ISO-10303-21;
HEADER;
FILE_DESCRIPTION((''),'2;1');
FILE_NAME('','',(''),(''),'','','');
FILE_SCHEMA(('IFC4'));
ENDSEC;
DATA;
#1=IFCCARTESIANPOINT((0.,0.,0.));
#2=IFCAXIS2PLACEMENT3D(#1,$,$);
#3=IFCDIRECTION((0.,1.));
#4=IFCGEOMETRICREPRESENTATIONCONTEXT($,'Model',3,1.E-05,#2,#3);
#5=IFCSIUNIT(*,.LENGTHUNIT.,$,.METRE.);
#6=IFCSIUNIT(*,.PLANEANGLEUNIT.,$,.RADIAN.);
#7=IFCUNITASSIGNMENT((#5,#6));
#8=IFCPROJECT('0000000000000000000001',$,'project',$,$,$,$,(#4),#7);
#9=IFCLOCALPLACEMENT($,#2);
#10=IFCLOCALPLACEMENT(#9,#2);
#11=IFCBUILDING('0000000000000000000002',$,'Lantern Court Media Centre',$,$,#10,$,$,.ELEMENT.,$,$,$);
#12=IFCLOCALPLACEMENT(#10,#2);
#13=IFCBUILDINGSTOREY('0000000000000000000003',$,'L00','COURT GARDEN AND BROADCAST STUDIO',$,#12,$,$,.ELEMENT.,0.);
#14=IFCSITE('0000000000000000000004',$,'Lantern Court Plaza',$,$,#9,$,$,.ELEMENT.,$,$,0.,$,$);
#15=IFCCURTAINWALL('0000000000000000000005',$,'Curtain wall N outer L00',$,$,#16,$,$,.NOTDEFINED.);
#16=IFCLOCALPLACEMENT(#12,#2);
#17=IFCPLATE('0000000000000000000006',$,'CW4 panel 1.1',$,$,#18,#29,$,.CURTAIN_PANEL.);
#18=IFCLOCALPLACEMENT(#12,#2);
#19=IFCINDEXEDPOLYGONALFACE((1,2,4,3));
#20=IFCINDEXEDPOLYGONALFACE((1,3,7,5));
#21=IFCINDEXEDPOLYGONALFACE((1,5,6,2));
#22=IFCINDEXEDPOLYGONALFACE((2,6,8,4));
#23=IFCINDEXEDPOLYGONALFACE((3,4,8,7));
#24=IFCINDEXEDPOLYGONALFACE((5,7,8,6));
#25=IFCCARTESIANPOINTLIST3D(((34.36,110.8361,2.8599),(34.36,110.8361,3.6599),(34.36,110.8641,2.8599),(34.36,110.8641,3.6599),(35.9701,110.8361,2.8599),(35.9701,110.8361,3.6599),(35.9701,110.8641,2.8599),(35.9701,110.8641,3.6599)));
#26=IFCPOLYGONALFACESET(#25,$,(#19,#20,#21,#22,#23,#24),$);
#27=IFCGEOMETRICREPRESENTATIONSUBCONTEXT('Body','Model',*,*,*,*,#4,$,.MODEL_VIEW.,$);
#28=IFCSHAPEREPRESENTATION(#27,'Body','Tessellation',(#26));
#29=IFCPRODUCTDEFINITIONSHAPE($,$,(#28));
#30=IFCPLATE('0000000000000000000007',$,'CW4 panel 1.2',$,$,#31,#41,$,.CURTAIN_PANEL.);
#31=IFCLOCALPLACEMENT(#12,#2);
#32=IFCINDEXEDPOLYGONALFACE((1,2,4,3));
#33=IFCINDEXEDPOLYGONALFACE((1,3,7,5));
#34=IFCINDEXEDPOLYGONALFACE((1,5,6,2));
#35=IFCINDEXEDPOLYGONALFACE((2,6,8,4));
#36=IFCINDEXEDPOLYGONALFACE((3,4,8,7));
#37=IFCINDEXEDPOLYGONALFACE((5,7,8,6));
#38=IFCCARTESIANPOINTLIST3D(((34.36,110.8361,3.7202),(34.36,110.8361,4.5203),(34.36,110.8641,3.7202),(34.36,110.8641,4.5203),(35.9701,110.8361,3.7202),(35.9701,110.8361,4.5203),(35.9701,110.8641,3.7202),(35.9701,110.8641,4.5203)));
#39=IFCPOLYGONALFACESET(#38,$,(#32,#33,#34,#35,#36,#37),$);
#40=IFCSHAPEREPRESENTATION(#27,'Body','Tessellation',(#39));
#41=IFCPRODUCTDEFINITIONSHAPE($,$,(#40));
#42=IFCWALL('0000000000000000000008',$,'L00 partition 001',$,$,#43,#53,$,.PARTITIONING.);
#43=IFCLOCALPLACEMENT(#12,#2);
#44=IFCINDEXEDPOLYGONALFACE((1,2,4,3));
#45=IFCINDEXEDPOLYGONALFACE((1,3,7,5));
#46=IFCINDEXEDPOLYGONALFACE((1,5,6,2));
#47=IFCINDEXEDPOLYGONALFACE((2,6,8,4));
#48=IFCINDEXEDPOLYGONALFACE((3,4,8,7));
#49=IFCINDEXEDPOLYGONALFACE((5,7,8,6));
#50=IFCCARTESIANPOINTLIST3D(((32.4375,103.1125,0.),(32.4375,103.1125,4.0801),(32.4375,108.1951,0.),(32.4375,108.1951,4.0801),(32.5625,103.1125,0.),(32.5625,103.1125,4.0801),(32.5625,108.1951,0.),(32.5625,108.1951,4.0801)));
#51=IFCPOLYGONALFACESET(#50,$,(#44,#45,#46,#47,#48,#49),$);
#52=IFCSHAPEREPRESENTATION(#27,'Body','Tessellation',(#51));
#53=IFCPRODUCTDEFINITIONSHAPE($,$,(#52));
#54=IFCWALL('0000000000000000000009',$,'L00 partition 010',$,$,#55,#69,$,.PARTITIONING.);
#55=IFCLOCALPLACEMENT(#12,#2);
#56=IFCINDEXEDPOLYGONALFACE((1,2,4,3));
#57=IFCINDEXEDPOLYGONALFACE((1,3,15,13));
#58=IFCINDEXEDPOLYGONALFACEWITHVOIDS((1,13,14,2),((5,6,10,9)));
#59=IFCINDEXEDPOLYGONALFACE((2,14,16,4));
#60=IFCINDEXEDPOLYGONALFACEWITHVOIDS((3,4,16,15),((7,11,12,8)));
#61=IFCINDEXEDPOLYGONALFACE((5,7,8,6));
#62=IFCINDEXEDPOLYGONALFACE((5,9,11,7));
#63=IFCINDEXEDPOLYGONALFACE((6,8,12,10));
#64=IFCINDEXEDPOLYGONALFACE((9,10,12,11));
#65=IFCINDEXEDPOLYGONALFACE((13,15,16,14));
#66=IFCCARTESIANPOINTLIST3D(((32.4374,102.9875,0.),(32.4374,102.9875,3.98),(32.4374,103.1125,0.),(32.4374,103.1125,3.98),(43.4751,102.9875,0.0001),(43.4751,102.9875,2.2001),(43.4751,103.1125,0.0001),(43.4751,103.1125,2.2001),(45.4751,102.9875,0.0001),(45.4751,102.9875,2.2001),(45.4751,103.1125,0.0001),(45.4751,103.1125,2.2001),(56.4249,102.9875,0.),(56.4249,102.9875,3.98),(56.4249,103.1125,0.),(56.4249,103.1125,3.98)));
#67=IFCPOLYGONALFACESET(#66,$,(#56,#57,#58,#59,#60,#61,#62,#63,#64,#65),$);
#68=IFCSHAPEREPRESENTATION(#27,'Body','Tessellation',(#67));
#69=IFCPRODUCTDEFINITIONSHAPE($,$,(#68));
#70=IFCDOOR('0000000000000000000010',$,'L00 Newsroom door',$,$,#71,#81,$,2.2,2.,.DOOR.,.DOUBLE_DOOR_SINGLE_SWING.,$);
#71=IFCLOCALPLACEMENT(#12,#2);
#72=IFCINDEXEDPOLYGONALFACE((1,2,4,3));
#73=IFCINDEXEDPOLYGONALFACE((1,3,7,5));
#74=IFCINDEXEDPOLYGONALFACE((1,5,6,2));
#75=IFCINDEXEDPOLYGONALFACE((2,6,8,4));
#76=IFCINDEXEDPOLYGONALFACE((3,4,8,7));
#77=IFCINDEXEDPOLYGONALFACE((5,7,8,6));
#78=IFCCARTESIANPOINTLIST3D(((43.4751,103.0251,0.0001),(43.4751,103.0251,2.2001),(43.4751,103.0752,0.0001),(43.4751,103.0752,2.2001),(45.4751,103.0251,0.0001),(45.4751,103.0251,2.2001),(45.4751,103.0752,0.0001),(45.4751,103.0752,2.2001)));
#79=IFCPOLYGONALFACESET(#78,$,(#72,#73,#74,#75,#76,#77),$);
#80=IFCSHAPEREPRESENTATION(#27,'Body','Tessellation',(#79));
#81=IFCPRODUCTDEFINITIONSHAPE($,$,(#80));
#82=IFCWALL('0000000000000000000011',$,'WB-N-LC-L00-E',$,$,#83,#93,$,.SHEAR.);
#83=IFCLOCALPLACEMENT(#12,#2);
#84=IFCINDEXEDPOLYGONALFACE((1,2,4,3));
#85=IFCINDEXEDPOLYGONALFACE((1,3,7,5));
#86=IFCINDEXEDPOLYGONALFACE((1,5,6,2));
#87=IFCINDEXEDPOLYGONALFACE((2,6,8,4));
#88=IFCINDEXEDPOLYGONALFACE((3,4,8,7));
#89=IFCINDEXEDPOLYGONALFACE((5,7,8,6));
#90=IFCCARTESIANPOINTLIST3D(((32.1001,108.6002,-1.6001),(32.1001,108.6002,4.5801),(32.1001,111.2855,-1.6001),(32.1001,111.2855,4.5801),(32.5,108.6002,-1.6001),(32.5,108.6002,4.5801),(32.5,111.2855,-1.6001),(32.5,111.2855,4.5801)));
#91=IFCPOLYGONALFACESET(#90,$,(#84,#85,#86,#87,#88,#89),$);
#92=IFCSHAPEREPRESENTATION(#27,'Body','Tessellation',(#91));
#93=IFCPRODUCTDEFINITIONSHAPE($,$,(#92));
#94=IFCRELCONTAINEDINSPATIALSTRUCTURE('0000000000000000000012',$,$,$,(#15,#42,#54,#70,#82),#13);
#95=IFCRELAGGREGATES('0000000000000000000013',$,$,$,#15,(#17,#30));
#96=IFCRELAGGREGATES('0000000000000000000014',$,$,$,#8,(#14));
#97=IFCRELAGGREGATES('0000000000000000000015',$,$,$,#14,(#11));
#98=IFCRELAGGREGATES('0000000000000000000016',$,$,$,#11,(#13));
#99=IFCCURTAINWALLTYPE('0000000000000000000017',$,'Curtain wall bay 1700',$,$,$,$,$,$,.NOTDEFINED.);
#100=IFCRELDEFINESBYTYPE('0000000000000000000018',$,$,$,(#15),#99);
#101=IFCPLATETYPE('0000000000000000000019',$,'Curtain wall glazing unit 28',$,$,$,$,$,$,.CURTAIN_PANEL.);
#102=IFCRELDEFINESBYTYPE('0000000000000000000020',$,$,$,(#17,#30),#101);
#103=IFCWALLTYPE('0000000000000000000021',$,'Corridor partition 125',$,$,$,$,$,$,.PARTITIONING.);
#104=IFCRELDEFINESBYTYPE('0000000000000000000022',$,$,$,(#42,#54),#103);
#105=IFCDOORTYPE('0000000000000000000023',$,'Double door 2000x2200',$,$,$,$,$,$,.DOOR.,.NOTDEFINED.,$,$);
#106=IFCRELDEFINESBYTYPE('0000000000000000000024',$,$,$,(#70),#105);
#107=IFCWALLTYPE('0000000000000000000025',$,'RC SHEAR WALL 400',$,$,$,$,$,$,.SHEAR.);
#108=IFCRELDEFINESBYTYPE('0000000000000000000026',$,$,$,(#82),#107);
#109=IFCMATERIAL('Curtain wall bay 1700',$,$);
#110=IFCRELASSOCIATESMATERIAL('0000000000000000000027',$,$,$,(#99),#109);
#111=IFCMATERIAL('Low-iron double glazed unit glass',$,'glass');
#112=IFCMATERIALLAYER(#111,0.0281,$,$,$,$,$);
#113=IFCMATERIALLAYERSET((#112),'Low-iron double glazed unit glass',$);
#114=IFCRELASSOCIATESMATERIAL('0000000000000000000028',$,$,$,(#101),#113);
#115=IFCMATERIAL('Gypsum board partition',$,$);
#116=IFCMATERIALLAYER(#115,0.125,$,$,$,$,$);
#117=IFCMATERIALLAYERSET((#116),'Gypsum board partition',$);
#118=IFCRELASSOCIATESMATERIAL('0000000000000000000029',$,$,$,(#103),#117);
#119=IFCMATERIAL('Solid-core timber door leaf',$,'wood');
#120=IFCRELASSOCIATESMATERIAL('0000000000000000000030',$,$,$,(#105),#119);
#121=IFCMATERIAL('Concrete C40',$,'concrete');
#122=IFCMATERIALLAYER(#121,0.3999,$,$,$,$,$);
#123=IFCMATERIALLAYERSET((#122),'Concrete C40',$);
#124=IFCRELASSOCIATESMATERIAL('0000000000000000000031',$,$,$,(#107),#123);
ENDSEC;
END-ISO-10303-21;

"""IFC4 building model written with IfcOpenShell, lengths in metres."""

from ifc_helpers import new_model, si_unit, direction, frame, frame_2d, origin, origin_2d, place, context, subcontext, project, spatial, rectangle, extrude, material, layer, layer_set, type_object, element, fill, aggregate, save


model = new_model("IFC4")

# Units and contexts
model_context = context("Model", 3, precision=1e-05, world=origin(), true_north=direction((0.0, 1.0)))
body_context = subcontext(model_context, "Body", "Model", "MODEL_VIEW")
ifc_project = project(units=[si_unit("LENGTHUNIT", "METRE"), si_unit("PLANEANGLEUNIT", "RADIAN")], contexts=[model_context])

# Site, building, storey
site_placement = place(None, origin())
site = spatial("IfcSite", under=ifc_project, at=site_placement, Name="Lantern Court Plaza", CompositionType="ELEMENT", RefElevation=0.0)
building_placement = place(site_placement, origin())
building = spatial("IfcBuilding", under=site, at=building_placement, Name="Lantern Court Media Centre", CompositionType="ELEMENT")
storey_placement = place(building_placement, origin())
storey = spatial("IfcBuildingStorey", under=building, at=storey_placement, Name="L00", Description="COURT GARDEN AND BROADCAST STUDIO", CompositionType="ELEMENT", Elevation=0.0)

# Curtain wall
ifc_material_1 = material(Name="Curtain wall bay 1700")
curtain_wall_type_1 = type_object("IfcCurtainWallType", Name="Curtain wall bay 1700", PredefinedType="NOTDEFINED", material=ifc_material_1)
curtain_wall_1_placement = place(storey_placement, origin())
curtain_wall_1 = element("IfcCurtainWall", 1, at=curtain_wall_1_placement, inside=storey, type_object=curtain_wall_type_1, Name="Curtain wall N outer L00", PredefinedType="NOTDEFINED")

# Plates
ifc_material_2 = material(Name="Low-iron double glazed unit glass", Category="glass")
ifc_layer_1 = layer(ifc_material_2, 0.0281)
ifc_layer_set_1 = layer_set([ifc_layer_1], Name="Low-iron double glazed unit glass")
plate_type = type_object("IfcPlateType", Name="Curtain wall glazing unit 28", PredefinedType="CURTAIN_PANEL", material=ifc_layer_set_1)
plate_1_placement = place(storey_placement, frame((35.165, 110.8501, 2.8599), z_axis=(0.0, 0.0, 1.0), x_axis=(1.0, 0.0, 0.0)))
plate_1 = element("IfcPlate", 2, at=plate_1_placement, type_object=plate_type, Name="CW4 panel 1.1", PredefinedType="CURTAIN_PANEL", context=body_context, shape_type="SweptSolid", body=[
    extrude(rectangle(XDim=1.6101, YDim=0.0281, at=origin_2d()), origin(), (0.0, 0.0, 1.0), 0.8),
])
plate_2_placement = place(storey_placement, frame((35.165, 110.8501, 3.7202), z_axis=(0.0, 0.0, 1.0), x_axis=(1.0, 0.0, 0.0)))
plate_2 = element("IfcPlate", 3, at=plate_2_placement, type_object=plate_type, Name="CW4 panel 1.2", PredefinedType="CURTAIN_PANEL", context=body_context, shape_type="SweptSolid", body=[
    extrude(rectangle(XDim=1.6101, YDim=0.0281, at=origin_2d()), origin(), (0.0, 0.0, 1.0), 0.8),
])
aggregate(curtain_wall_1, [plate_1, plate_2])

# Wall
ifc_material_3 = material(Name="Gypsum board partition")
ifc_layer_2 = layer(ifc_material_3, 0.125)
ifc_layer_set_2 = layer_set([ifc_layer_2], Name="Gypsum board partition")
wall_type_1 = type_object("IfcWallType", Name="Corridor partition 125", PredefinedType="PARTITIONING", material=ifc_layer_set_2)
wall_1_placement = place(storey_placement, frame((32.5, 103.1125, 0.0), z_axis=(0.0, 0.0, 1.0), x_axis=(0.0, 1.0, 0.0)))
element("IfcWall", 4, at=wall_1_placement, inside=storey, type_object=wall_type_1, Name="L00 partition 001", PredefinedType="PARTITIONING", context=body_context, shape_type="SweptSolid", body=[
    extrude(rectangle(XDim=5.0825, YDim=0.125, at=frame_2d((2.5413, 0.0))), origin(), (0.0, 0.0, 1.0), 4.0801),
])

# Wall, opening, door
wall_2_placement = place(storey_placement, frame((32.4375, 103.05, 0.0), z_axis=(0.0, 0.0, 1.0), x_axis=(1.0, 0.0, 0.0)))
wall_2 = element("IfcWall", 5, at=wall_2_placement, inside=storey, type_object=wall_type_1, Name="L00 partition 010", PredefinedType="PARTITIONING", context=body_context, shape_type="SweptSolid", body=[
    extrude(rectangle(XDim=23.9875, YDim=0.125, at=frame_2d((11.9937, 0.0))), origin(), (0.0, 0.0, 1.0), 3.98),
])
opening_1_placement = place(wall_2_placement, frame((11.0376, 0.0, 0.0)))
opening_1 = element("IfcOpeningElement", 6, at=opening_1_placement, cuts=wall_2, PredefinedType="OPENING", context=body_context, shape_type="SweptSolid", body=[
    extrude(rectangle(XDim=2.0, YDim=2.2, at=frame_2d((1.0, 1.1001))), frame((0.0, 0.0725, 0.0), z_axis=(0.0, -1.0, 0.0), x_axis=(1.0, 0.0, 0.0)), (0.0, 0.0, 1.0), 0.145),
])
ifc_material_4 = material(Name="Solid-core timber door leaf", Category="wood")
door_type_1 = type_object("IfcDoorType", Name="Double door 2000x2200", OperationType="NOTDEFINED", PredefinedType="DOOR", material=ifc_material_4)
door_1_placement = place(opening_1_placement, frame((2.0, 0.0, 0.0), z_axis=(0.0, 0.0, 1.0), x_axis=(-1.0, 0.0, 0.0)))
door_1 = element("IfcDoor", 7, at=door_1_placement, inside=storey, type_object=door_type_1, Name="L00 Newsroom door", OperationType="DOUBLE_DOOR_SINGLE_SWING", OverallHeight=2.2, OverallWidth=2.0, PredefinedType="DOOR", context=body_context, shape_type="SweptSolid", body=[
    extrude(rectangle(XDim=2.0, YDim=2.2, at=frame_2d((1.0, 1.1001))), frame((0.0, 0.0249, 0.0), z_axis=(0.0, -1.0, 0.0), x_axis=(1.0, 0.0, 0.0)), (0.0, 0.0, 1.0), 0.05),
])
fill(opening_1, door_1)

# Wall
ifc_material_5 = material(Name="Concrete C40", Category="concrete")
ifc_layer_3 = layer(ifc_material_5, 0.3999)
ifc_layer_set_3 = layer_set([ifc_layer_3], Name="Concrete C40")
wall_type_2 = type_object("IfcWallType", Name="RC SHEAR WALL 400", PredefinedType="SHEAR", material=ifc_layer_set_3)
wall_3_placement = place(storey_placement, frame((32.3, 108.6001, -1.6001), z_axis=(0.0, 0.0, 1.0), x_axis=(0.0, 1.0, 0.0)))
element("IfcWall", 8, at=wall_3_placement, inside=storey, type_object=wall_type_2, Name="WB-N-LC-L00-E", PredefinedType="SHEAR", context=body_context, shape_type="SweptSolid", body=[
    extrude(rectangle(XDim=2.6853, YDim=0.3999, at=frame_2d((1.3428, 0.0))), origin(), (0.0, 0.0, 1.0), 6.1802),
])

save(model, "model.ifc")
